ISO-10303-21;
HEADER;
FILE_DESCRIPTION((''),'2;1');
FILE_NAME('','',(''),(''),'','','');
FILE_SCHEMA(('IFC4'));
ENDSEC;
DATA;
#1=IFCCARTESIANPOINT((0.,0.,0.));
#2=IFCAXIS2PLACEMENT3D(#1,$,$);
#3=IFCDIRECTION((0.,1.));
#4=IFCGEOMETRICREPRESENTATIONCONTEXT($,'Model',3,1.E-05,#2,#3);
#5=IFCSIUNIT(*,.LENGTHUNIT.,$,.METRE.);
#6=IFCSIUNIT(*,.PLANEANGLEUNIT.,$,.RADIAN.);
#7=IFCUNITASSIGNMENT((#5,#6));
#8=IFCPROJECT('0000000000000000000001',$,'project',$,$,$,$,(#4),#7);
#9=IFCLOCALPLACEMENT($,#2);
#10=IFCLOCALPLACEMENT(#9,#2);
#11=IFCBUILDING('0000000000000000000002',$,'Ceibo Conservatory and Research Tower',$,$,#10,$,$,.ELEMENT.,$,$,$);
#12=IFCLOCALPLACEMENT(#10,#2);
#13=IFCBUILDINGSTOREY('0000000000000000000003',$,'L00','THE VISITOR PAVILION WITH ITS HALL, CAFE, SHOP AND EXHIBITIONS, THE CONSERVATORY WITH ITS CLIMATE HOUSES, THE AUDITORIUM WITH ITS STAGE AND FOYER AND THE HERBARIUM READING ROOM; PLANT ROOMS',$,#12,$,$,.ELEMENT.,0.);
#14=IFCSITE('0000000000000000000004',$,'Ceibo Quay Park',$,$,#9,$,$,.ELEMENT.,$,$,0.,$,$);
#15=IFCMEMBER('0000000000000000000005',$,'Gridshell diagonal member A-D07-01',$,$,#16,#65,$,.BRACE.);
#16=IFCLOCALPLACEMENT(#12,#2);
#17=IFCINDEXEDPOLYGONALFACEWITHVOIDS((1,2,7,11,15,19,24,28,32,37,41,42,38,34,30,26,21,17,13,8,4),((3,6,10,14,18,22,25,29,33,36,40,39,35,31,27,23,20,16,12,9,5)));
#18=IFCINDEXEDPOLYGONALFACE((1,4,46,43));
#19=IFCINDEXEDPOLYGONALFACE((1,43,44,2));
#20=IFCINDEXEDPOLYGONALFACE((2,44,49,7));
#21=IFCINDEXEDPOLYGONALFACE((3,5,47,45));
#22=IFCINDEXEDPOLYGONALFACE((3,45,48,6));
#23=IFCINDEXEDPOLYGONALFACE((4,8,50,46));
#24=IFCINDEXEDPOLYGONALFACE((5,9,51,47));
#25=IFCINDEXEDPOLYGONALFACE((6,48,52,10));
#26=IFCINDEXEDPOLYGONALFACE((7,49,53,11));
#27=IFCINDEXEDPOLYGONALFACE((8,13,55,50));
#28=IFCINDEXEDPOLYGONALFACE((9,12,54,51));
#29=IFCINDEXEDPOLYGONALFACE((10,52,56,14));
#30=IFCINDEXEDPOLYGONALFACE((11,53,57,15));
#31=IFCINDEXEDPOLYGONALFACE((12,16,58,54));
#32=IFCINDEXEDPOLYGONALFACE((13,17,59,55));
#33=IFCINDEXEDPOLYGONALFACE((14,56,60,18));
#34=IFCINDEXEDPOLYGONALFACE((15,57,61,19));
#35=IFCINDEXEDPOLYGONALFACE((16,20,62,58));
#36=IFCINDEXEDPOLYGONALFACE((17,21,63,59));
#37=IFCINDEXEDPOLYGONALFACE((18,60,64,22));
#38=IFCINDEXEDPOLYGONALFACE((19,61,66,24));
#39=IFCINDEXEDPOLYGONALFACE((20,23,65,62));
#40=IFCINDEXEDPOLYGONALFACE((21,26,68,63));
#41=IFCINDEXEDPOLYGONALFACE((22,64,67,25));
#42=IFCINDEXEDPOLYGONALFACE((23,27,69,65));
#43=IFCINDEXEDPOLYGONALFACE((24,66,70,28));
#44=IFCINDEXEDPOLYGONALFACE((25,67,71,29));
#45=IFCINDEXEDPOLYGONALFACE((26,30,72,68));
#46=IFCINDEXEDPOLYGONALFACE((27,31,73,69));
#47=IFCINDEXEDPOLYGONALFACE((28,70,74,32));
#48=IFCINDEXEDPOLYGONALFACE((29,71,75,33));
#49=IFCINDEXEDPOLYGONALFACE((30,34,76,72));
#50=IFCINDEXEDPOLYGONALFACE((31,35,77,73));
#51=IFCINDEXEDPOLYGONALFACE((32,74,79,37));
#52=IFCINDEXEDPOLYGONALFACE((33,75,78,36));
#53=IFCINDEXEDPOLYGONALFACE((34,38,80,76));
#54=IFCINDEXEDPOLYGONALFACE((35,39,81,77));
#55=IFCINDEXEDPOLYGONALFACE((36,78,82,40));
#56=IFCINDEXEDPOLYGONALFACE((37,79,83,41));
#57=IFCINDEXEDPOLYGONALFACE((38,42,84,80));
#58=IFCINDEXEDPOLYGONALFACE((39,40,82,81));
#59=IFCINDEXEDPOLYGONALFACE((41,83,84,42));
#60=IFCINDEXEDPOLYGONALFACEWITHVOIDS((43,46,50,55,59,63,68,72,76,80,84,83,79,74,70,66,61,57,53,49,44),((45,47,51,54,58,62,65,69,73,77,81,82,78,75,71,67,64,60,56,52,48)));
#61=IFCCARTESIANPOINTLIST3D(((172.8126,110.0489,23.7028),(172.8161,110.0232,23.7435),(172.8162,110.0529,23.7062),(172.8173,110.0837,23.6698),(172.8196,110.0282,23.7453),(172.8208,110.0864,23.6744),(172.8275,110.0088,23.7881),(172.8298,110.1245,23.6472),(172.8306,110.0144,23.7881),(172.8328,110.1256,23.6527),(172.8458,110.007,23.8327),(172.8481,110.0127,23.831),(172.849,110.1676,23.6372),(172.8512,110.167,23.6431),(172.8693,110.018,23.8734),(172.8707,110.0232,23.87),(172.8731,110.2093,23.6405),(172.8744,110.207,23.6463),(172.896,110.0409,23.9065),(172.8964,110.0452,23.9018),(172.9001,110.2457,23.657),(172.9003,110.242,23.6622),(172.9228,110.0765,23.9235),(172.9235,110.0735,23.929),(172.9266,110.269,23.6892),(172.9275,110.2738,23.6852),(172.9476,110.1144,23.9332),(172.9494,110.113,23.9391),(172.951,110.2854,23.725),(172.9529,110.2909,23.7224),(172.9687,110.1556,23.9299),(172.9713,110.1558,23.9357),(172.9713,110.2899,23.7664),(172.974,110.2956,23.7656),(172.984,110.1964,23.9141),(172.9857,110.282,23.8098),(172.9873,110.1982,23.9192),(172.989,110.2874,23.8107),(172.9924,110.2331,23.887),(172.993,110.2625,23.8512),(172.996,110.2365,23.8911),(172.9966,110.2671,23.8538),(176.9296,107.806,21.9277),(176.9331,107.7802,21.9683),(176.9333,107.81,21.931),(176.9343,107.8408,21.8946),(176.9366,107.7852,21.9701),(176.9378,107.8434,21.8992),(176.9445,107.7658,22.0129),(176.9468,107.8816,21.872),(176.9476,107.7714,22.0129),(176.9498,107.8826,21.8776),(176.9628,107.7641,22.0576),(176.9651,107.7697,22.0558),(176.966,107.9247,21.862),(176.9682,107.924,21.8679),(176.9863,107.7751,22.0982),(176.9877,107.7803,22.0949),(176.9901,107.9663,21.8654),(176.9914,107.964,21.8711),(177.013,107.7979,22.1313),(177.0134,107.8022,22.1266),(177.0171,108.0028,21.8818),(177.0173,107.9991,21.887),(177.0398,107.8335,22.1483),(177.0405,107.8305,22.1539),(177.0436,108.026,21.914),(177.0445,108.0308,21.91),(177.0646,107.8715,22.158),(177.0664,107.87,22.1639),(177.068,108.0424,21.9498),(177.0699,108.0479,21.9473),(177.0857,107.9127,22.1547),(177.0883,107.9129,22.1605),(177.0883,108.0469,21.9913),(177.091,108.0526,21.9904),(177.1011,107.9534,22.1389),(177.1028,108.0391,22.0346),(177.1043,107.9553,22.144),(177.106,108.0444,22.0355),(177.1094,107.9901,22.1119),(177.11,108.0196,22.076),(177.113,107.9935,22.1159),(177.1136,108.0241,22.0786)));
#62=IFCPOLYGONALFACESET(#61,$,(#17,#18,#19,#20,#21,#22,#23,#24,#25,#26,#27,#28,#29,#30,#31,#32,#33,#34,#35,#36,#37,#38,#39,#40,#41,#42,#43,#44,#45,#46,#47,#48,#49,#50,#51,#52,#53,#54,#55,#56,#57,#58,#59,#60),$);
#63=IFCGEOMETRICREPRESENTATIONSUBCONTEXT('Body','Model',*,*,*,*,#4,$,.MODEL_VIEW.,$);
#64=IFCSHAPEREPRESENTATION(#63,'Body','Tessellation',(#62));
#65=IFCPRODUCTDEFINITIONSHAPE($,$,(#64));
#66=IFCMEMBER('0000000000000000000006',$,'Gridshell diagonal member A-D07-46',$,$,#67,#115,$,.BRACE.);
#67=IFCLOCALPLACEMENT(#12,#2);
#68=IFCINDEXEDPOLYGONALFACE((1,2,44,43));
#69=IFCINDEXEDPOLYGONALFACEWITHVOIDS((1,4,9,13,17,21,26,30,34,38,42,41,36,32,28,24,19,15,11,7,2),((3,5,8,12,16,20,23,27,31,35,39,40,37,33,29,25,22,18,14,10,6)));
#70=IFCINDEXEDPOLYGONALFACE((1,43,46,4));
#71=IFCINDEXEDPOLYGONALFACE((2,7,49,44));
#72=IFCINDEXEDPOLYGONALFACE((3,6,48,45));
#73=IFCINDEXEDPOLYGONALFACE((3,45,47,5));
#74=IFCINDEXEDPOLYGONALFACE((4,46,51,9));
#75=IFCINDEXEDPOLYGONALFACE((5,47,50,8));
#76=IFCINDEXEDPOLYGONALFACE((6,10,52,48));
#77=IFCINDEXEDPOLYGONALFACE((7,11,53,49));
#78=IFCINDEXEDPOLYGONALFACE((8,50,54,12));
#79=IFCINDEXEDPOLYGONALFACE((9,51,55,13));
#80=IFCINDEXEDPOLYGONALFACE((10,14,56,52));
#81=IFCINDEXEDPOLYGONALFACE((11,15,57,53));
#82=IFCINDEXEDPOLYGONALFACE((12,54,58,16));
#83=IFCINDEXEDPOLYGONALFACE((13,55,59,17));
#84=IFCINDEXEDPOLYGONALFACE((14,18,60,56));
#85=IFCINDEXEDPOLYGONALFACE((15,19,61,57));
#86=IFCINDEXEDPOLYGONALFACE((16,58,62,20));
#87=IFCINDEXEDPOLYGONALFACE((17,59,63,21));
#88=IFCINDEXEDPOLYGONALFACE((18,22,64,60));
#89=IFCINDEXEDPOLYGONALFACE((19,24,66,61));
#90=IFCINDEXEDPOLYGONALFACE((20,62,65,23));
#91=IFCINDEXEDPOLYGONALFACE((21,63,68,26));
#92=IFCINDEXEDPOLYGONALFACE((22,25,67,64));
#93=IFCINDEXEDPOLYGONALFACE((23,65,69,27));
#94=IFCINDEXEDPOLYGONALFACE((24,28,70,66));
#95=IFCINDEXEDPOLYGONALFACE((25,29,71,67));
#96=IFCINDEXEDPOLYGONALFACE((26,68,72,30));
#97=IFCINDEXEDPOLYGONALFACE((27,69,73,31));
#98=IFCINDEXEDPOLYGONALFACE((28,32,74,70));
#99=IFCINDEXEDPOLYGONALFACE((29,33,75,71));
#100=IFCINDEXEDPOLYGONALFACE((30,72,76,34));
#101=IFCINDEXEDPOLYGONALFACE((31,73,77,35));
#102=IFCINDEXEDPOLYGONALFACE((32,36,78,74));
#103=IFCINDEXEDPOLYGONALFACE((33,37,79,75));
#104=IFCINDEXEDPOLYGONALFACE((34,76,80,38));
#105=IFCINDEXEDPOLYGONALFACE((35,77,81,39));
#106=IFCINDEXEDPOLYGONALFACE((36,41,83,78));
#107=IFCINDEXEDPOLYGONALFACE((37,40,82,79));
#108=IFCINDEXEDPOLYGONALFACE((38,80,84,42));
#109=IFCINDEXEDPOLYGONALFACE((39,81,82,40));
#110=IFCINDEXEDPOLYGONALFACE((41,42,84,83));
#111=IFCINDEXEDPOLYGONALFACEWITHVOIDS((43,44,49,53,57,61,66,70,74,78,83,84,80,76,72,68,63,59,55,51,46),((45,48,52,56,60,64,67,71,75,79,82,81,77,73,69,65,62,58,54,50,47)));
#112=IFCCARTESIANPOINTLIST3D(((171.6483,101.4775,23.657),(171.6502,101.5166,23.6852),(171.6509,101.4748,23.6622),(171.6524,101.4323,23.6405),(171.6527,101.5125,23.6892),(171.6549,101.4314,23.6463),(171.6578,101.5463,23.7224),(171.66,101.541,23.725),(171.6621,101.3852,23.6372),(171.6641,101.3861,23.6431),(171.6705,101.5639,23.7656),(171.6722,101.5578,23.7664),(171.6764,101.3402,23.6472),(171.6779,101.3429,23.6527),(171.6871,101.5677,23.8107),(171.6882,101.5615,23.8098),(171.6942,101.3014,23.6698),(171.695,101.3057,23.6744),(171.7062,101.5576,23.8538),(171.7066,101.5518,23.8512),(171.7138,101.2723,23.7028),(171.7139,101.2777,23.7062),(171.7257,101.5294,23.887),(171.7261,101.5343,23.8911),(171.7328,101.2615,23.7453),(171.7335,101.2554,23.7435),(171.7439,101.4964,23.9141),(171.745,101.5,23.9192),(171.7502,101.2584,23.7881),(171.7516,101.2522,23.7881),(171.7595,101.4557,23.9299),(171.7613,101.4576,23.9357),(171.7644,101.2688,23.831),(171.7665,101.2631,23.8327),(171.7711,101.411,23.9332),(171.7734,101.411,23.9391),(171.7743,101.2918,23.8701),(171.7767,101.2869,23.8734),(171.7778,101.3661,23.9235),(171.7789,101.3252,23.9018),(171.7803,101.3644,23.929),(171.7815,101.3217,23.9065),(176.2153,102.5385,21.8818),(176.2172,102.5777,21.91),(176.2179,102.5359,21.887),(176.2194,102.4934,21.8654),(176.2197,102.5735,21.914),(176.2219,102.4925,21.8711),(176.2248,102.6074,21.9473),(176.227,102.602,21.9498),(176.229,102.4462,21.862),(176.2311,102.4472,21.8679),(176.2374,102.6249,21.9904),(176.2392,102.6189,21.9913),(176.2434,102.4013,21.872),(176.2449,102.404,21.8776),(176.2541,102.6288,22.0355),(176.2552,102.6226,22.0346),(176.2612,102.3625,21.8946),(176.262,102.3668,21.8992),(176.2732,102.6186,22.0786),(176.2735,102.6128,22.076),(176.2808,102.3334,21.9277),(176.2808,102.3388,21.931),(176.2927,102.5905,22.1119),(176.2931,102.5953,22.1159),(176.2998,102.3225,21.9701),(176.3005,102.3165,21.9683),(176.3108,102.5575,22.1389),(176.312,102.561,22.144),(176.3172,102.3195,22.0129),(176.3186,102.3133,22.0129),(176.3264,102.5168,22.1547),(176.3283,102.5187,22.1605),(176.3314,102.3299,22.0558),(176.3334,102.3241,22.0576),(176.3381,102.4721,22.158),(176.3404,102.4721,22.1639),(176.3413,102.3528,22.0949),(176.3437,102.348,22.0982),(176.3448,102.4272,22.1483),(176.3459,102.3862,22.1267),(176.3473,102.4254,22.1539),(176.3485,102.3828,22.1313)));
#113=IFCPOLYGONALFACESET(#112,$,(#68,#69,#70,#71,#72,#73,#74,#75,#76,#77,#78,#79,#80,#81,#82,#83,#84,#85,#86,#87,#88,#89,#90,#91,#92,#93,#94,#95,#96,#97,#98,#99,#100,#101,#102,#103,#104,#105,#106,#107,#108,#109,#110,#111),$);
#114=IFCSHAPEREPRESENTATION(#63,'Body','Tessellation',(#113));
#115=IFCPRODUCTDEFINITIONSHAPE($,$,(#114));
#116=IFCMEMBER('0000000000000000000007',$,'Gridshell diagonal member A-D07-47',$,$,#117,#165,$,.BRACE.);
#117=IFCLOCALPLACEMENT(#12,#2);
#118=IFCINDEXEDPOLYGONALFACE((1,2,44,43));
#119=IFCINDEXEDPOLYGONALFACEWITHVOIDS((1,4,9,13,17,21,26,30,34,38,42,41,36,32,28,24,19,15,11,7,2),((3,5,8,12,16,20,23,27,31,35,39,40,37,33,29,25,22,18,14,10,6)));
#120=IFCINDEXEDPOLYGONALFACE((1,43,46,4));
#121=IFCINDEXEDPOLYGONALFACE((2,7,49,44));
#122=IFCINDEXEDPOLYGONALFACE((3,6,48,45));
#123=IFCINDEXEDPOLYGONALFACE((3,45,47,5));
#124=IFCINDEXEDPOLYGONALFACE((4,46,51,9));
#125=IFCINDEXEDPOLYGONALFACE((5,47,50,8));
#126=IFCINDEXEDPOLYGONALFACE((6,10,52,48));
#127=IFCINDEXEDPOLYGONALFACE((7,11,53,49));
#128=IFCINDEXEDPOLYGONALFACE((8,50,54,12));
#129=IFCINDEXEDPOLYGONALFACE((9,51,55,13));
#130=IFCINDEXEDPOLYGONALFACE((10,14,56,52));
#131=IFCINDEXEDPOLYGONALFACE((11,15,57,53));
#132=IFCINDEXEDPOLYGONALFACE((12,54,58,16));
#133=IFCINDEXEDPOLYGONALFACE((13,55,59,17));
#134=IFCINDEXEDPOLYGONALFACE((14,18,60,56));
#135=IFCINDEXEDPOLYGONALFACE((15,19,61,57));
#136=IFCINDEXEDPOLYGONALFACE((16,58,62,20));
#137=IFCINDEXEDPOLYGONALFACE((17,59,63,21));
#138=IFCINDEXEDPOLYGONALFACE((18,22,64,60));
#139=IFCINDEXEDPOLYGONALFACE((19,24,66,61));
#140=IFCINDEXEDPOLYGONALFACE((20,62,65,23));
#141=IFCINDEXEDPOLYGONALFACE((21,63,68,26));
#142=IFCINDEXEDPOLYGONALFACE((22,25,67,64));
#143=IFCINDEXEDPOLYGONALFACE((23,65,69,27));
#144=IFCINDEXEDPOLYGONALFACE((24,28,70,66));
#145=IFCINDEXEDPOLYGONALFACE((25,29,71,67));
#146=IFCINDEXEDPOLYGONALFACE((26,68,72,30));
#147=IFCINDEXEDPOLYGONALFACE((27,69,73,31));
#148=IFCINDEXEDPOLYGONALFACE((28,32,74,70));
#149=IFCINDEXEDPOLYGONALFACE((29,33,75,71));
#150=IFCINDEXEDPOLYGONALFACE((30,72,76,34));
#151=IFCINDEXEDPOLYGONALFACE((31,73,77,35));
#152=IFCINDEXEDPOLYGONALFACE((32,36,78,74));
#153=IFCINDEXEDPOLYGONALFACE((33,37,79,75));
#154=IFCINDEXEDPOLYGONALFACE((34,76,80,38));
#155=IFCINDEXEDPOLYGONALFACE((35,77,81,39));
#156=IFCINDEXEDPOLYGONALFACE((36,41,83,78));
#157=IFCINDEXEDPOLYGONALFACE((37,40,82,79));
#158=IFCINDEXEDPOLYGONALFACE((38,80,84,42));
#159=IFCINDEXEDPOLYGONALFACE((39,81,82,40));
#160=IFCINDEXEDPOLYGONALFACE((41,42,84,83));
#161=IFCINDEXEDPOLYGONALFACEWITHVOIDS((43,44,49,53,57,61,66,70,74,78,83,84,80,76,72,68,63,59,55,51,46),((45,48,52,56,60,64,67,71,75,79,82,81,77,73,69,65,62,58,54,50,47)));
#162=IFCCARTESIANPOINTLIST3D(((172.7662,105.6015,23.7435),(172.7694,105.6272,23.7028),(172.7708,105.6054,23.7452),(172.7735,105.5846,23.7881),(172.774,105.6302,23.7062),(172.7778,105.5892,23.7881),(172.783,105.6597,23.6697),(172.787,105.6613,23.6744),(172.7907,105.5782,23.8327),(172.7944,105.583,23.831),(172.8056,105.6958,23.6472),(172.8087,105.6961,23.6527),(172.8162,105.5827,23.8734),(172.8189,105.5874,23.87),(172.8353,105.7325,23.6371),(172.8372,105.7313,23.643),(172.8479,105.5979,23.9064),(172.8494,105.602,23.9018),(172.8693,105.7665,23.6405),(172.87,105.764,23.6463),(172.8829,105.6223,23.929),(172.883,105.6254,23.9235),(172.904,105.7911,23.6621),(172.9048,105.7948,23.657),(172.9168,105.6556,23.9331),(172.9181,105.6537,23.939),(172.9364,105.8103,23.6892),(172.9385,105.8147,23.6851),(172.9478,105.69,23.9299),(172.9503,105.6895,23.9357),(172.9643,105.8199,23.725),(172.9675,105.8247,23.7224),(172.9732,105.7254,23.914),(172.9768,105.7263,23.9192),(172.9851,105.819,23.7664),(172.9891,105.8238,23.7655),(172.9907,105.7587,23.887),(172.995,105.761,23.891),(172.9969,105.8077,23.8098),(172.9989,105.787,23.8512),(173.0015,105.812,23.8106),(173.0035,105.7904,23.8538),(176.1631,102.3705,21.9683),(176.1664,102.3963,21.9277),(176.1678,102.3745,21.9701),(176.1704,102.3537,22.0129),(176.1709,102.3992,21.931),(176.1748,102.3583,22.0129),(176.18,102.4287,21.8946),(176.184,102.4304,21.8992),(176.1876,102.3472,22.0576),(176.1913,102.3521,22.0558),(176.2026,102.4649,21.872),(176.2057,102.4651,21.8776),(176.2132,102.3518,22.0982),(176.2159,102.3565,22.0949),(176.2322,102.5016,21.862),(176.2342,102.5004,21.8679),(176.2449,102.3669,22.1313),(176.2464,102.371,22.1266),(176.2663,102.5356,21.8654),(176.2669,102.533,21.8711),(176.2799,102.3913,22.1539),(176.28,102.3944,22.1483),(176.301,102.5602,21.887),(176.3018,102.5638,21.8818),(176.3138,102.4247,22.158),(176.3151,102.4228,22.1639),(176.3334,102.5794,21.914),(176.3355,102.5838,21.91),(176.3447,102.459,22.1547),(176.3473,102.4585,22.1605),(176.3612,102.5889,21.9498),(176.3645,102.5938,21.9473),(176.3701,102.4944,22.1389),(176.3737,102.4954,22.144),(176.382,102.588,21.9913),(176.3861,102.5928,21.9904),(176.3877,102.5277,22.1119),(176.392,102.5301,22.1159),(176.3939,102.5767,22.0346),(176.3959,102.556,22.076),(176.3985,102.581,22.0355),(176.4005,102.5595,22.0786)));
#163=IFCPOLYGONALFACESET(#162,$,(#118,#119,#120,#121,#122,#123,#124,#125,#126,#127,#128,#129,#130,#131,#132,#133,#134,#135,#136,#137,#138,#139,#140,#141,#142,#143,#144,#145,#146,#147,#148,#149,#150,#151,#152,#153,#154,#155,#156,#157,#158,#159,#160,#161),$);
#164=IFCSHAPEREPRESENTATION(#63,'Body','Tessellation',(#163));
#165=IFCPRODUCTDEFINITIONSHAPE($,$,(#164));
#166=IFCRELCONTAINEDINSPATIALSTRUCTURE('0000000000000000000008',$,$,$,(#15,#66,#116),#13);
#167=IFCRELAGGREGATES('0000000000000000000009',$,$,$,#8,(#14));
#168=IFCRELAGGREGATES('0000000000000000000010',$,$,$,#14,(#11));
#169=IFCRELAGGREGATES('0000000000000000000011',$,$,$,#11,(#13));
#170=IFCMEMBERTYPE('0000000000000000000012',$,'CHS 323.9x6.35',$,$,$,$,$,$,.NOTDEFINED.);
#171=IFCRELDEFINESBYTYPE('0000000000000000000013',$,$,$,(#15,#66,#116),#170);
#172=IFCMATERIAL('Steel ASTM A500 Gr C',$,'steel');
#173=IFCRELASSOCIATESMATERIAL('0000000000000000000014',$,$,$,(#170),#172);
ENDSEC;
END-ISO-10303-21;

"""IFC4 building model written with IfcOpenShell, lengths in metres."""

from ifc_helpers import new_model, si_unit, direction, frame, origin, origin_2d, place, context, subcontext, project, spatial, hollow_circle, extrude, material, material_profile, profile_set, type_object, element, save


model = new_model("IFC4")

# Units and contexts
model_context = context("Model", 3, precision=1e-05, world=origin(), true_north=direction((0.0, 1.0)))
body_context = subcontext(model_context, "Body", "Model", "MODEL_VIEW")
ifc_project = project(units=[si_unit("LENGTHUNIT", "METRE"), si_unit("PLANEANGLEUNIT", "RADIAN")], contexts=[model_context])

# Site, building, storey
site_placement = place(None, origin())
site = spatial("IfcSite", under=ifc_project, at=site_placement, Name="Ceibo Quay Park", CompositionType="ELEMENT", RefElevation=0.0)
building_placement = place(site_placement, origin())
building = spatial("IfcBuilding", under=site, at=building_placement, Name="Ceibo Conservatory and Research Tower", CompositionType="ELEMENT")
storey_placement = place(building_placement, origin())
storey = spatial("IfcBuildingStorey", under=building, at=storey_placement, Name="L00", Description="THE VISITOR PAVILION WITH ITS HALL, CAFE, SHOP AND EXHIBITIONS, THE CONSERVATORY WITH ITS CLIMATE HOUSES, THE AUDITORIUM WITH ITS STAGE AND FOYER AND THE HERBARIUM READING ROOM; PLANT ROOMS", CompositionType="ELEMENT", Elevation=0.0)

# Members
ifc_material_1 = material(Name="Steel ASTM A500 Gr C", Category="steel")
ifc_material_profile_1 = material_profile(ifc_material_1, hollow_circle(Radius=0.1619, WallThickness=0.0063, at=origin_2d()), Name="CHS 323.9x6.35")
ifc_profile_set_1 = profile_set([ifc_material_profile_1], Name="Steel ASTM A500 Gr C")
member_type_1 = type_object("IfcMemberType", Name="CHS 323.9x6.35", PredefinedType="NOTDEFINED", material=ifc_profile_set_1)
member_1_placement = place(storey_placement, frame((177.022, 107.908, 22.0129), z_axis=(-0.821239, 0.447413, 0.354102), x_axis=(-0.478411, -0.878136, 0.0)))
element("IfcMember", 1, at=member_1_placement, inside=storey, type_object=member_type_1, Name="Gridshell diagonal member A-D07-01", PredefinedType="BRACE", context=body_context, shape_type="SweptSolid", body=[
    extrude(hollow_circle(Radius=0.1619, WallThickness=0.0063, at=origin_2d()), origin(), (0.0, 0.0, 1.0), 5.0132),
])
member_2_placement = place(storey_placement, frame((176.282, 102.4709, 22.0129), z_axis=(-0.910951, -0.211643, 0.354085), x_axis=(0.226304, -0.974057, 0.0)))
element("IfcMember", 2, at=member_2_placement, inside=storey, type_object=member_type_1, Name="Gridshell diagonal member A-D07-46", PredefinedType="BRACE", context=body_context, shape_type="SweptSolid", body=[
    extrude(hollow_circle(Radius=0.1619, WallThickness=0.0063, at=origin_2d()), origin(), (0.0, 0.0, 1.0), 5.0134),
])
member_3_placement = place(storey_placement, frame((176.282, 102.4709, 22.0129), z_axis=(-0.67764, 0.644522, 0.354112), x_axis=(-0.689179, -0.724591, 0.0)))
element("IfcMember", 3, at=member_3_placement, inside=storey, type_object=member_type_1, Name="Gridshell diagonal member A-D07-47", PredefinedType="BRACE", context=body_context, shape_type="SweptSolid", body=[
    extrude(hollow_circle(Radius=0.1619, WallThickness=0.0063, at=origin_2d()), origin(), (0.0, 0.0, 1.0), 5.0129),
])

save(model, "model.ifc")
